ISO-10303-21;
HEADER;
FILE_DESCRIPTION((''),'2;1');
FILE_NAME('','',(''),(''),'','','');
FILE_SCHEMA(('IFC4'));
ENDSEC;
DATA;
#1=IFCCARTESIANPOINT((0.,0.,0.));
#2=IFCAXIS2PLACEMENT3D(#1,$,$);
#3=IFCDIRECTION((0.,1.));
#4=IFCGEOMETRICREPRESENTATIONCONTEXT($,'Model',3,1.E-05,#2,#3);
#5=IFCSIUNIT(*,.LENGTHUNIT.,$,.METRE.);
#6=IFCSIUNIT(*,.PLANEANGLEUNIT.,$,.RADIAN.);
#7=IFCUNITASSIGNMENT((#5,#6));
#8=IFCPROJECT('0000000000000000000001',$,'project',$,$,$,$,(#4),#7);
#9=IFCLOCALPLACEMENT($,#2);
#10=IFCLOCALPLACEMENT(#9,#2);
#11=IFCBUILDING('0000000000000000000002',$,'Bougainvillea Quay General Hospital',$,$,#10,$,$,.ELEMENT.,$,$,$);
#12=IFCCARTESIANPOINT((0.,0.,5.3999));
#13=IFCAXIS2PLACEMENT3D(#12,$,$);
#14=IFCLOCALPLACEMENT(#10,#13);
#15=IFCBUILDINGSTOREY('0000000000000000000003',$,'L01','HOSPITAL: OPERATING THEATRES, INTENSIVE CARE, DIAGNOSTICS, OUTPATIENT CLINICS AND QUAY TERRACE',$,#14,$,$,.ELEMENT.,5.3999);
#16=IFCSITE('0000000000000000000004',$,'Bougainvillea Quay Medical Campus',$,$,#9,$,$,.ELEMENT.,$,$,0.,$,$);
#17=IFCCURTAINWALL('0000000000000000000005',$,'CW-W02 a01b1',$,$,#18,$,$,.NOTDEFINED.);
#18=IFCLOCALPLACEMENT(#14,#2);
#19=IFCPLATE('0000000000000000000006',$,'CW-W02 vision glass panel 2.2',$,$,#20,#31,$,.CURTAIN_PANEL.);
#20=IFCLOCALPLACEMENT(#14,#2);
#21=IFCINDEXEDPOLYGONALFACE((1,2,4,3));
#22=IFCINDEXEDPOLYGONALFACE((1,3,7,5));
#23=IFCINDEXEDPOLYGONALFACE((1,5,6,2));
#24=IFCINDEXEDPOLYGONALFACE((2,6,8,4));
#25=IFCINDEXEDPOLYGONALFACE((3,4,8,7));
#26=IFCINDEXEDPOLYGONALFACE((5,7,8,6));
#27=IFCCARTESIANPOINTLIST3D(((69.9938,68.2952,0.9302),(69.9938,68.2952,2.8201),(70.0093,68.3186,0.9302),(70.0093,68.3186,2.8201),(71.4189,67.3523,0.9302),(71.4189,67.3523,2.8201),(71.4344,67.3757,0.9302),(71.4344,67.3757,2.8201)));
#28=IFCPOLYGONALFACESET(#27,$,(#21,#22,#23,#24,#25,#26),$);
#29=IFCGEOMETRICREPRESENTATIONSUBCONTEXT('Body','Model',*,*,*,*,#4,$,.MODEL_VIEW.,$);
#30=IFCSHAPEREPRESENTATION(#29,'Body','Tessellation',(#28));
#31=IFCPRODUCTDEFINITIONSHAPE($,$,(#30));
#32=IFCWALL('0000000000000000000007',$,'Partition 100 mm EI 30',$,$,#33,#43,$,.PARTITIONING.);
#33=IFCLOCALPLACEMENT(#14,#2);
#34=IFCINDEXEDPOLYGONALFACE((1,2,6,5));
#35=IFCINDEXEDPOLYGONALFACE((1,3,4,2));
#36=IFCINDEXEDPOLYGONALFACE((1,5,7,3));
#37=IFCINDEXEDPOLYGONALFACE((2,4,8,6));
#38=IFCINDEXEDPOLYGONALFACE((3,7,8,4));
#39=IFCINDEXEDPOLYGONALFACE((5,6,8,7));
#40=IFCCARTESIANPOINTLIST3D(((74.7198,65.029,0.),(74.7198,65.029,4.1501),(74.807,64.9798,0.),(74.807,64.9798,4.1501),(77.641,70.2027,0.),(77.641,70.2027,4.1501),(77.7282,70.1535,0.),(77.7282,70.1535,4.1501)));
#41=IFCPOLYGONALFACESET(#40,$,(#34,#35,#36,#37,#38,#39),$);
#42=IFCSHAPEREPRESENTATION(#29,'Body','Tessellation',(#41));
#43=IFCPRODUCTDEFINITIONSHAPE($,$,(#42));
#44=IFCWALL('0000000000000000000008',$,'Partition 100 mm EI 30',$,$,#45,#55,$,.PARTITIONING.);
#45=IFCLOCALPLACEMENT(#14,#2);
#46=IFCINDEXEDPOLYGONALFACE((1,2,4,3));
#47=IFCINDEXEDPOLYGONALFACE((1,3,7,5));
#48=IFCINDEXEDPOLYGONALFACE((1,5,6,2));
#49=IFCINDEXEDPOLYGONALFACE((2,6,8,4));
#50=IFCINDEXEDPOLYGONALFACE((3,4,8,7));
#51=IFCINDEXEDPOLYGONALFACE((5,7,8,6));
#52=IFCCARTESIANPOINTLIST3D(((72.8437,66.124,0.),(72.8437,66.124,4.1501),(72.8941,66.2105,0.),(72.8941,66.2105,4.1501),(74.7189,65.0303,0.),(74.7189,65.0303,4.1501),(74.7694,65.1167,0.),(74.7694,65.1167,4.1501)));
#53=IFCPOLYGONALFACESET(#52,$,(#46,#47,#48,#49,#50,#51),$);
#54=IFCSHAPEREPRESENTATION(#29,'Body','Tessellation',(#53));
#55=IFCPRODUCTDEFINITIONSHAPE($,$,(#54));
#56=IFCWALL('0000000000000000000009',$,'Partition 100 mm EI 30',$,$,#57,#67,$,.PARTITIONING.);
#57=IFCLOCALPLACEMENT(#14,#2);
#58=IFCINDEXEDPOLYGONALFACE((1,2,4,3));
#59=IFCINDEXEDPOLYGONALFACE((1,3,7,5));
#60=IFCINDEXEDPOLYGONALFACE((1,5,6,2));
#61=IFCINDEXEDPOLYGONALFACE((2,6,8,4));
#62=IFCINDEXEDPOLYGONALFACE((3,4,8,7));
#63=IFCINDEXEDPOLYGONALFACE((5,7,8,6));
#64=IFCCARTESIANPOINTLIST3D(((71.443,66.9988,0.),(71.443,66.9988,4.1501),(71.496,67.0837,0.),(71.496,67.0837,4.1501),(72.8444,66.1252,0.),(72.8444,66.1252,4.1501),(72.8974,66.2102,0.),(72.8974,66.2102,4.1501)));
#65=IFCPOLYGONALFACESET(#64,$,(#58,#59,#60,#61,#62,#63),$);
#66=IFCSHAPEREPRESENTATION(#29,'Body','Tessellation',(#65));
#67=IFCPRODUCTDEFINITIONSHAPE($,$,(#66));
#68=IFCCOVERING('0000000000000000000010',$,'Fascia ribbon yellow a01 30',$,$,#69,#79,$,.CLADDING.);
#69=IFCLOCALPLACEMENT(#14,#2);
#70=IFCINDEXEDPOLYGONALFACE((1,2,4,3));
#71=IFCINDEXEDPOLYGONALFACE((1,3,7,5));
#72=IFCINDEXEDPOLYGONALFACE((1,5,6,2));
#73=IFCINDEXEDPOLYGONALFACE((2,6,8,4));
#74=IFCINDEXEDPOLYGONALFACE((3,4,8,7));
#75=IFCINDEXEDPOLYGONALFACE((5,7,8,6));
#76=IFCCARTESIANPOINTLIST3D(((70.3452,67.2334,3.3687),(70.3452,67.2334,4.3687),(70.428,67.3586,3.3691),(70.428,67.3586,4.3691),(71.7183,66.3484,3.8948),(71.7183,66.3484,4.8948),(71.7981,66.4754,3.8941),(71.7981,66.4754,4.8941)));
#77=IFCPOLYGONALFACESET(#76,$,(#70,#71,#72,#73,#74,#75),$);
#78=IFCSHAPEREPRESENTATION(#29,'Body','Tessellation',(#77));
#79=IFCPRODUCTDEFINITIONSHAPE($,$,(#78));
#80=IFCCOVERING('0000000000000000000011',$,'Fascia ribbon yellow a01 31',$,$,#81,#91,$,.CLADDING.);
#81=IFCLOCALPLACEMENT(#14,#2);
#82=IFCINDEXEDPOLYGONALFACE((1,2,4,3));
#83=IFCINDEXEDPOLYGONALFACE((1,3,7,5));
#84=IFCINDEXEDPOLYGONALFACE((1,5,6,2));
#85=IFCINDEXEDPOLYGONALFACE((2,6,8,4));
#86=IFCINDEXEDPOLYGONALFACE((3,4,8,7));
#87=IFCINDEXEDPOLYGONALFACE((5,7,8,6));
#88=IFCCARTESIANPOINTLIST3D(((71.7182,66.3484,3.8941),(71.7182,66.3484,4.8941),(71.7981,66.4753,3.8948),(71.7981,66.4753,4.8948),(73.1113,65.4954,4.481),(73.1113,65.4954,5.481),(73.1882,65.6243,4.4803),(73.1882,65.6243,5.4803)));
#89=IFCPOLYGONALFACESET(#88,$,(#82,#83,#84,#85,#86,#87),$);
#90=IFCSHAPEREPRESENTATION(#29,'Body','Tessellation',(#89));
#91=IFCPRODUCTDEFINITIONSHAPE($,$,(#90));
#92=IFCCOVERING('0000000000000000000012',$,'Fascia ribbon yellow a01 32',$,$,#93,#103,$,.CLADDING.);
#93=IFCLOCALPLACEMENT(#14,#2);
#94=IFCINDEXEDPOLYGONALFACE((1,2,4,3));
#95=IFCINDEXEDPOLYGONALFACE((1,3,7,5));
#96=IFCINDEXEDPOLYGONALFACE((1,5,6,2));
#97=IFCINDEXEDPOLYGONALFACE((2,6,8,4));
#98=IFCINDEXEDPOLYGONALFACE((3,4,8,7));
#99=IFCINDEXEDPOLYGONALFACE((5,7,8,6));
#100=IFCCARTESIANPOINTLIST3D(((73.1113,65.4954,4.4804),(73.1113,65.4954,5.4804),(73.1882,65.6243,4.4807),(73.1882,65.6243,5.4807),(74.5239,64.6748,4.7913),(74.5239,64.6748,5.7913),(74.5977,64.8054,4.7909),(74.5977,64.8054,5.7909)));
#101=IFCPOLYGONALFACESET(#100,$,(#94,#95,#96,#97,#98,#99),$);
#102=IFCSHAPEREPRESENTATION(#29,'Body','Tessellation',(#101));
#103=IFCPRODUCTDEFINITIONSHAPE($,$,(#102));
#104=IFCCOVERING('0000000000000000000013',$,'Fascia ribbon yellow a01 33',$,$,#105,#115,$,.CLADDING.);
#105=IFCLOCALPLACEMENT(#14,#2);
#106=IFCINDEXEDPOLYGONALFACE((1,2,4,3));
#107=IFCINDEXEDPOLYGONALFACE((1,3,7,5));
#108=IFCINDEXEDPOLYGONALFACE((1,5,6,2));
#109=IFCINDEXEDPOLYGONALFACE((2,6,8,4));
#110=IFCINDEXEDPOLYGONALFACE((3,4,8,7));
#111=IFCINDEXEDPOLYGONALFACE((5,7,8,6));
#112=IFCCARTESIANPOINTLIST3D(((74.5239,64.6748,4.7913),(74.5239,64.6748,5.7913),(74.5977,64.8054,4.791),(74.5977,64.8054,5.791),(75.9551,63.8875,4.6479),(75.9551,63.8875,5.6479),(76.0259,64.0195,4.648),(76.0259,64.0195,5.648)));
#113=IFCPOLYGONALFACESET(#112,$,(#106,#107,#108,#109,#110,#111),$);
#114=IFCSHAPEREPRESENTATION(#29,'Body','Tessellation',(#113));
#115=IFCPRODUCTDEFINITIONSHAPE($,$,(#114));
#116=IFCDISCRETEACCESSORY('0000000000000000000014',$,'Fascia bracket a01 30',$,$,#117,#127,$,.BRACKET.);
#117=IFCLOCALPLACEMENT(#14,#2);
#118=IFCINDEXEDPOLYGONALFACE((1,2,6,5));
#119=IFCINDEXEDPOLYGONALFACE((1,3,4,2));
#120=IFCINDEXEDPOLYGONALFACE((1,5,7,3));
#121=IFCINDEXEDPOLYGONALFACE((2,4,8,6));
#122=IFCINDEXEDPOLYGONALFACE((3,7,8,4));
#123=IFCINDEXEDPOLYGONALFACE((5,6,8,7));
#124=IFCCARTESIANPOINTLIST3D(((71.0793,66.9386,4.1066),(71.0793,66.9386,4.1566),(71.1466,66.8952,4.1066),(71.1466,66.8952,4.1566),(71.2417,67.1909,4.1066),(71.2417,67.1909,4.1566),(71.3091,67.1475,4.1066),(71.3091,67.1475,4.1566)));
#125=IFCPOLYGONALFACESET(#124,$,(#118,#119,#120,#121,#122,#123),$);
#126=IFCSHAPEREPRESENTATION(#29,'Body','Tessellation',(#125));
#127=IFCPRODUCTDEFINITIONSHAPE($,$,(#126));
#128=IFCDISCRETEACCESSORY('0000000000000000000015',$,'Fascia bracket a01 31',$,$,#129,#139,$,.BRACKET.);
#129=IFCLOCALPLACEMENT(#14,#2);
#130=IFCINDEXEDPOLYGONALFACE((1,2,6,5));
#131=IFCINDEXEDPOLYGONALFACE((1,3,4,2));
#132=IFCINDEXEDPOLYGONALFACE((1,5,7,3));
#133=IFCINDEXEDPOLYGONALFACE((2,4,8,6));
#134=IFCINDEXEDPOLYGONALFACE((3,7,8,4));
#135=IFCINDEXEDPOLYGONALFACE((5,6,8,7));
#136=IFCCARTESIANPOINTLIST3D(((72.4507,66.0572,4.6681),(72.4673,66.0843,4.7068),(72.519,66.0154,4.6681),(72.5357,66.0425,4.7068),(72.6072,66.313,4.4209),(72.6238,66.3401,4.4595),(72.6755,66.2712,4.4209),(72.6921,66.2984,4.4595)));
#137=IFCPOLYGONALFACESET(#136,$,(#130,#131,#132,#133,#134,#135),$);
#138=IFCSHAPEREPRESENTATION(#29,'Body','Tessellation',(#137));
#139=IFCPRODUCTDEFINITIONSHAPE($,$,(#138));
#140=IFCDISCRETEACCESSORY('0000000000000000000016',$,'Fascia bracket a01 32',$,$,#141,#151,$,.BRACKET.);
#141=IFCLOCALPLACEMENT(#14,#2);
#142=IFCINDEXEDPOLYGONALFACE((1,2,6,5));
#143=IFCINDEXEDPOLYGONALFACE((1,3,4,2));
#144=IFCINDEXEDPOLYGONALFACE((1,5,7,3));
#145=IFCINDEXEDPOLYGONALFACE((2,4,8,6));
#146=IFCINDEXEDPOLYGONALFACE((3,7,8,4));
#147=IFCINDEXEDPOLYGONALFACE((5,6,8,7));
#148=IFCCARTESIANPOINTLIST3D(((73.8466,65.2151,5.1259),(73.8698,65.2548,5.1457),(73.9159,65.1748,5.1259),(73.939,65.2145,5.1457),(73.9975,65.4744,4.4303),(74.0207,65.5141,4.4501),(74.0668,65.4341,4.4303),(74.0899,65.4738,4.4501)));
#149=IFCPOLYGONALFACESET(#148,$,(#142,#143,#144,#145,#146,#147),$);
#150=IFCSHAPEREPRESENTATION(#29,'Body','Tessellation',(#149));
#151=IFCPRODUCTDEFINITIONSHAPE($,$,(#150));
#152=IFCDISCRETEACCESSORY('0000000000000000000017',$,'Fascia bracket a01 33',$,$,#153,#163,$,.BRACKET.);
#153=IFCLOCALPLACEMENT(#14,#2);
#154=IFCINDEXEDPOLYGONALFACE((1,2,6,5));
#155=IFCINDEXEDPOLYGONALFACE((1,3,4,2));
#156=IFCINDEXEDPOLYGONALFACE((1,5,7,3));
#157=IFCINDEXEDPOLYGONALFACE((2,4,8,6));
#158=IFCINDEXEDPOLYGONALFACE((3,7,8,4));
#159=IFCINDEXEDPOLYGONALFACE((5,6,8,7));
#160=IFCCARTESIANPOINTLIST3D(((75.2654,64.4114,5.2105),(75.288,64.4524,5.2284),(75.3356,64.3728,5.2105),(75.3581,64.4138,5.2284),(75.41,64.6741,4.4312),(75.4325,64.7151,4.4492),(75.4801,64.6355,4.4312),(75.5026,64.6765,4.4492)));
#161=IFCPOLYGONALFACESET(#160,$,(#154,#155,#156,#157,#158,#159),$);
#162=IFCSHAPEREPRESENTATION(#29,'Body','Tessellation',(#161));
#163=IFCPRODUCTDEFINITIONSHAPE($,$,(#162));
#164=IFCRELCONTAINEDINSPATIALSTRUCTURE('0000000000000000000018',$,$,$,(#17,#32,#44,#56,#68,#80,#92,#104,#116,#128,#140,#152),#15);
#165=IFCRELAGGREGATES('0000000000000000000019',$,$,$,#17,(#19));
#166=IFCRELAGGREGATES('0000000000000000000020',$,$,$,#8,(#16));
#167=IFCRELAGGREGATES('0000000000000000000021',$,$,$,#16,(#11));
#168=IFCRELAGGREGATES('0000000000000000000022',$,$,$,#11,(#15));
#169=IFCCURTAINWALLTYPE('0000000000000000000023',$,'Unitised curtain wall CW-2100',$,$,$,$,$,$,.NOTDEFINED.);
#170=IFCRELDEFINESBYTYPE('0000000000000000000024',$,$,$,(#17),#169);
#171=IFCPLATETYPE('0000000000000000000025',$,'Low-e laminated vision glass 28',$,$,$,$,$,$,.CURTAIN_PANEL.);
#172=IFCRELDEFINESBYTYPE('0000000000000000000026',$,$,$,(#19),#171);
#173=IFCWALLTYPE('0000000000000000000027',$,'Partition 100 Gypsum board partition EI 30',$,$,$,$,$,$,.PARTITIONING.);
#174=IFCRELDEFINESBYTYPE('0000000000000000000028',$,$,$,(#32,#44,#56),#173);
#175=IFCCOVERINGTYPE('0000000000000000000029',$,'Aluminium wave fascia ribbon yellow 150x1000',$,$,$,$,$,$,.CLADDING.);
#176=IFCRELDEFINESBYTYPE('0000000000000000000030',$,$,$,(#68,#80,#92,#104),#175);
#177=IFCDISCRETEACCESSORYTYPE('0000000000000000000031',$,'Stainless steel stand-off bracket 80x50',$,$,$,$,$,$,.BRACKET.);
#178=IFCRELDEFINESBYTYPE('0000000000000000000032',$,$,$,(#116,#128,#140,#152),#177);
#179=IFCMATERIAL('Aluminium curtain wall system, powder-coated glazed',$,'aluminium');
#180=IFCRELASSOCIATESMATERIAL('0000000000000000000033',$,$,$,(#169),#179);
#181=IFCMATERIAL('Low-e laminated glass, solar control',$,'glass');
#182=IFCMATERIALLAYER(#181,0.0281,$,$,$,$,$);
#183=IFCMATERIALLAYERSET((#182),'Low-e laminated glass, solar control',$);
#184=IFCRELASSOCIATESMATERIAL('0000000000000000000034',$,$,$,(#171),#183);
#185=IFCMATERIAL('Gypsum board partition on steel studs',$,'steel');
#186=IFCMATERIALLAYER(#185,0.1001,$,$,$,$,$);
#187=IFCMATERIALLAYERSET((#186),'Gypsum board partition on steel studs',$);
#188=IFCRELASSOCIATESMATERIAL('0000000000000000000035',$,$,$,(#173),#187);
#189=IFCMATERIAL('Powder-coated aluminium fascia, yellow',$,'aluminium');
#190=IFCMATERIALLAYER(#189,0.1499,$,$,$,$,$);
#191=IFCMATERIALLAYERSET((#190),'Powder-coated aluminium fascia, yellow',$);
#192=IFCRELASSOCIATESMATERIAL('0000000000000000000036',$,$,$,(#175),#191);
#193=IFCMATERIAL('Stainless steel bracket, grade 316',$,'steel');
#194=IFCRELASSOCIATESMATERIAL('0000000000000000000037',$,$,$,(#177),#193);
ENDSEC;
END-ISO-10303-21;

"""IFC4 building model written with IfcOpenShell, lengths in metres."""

from ifc_helpers import new_model, si_unit, direction, frame, frame_2d, origin, origin_2d, place, context, subcontext, project, spatial, polyline, rectangle, outline, extrude, material, layer, layer_set, material_profile, profile_set, type_object, element, aggregate, save


model = new_model("IFC4")

# Units and contexts
model_context = context("Model", 3, precision=1e-05, world=origin(), true_north=direction((0.0, 1.0)))
body_context = subcontext(model_context, "Body", "Model", "MODEL_VIEW")
ifc_project = project(units=[si_unit("LENGTHUNIT", "METRE"), si_unit("PLANEANGLEUNIT", "RADIAN")], contexts=[model_context])

# Site, building, storey
site_placement = place(None, origin())
site = spatial("IfcSite", under=ifc_project, at=site_placement, Name="Bougainvillea Quay Medical Campus", CompositionType="ELEMENT", RefElevation=0.0)
building_placement = place(site_placement, origin())
building = spatial("IfcBuilding", under=site, at=building_placement, Name="Bougainvillea Quay General Hospital", CompositionType="ELEMENT")
storey_placement = place(building_placement, frame((0.0, 0.0, 5.3999)))
storey = spatial("IfcBuildingStorey", under=building, at=storey_placement, Name="L01", Description="HOSPITAL: OPERATING THEATRES, INTENSIVE CARE, DIAGNOSTICS, OUTPATIENT CLINICS AND QUAY TERRACE", CompositionType="ELEMENT", Elevation=5.3999)

# Curtain wall
ifc_material_1 = material(Name="Aluminium curtain wall system, powder-coated glazed", Category="aluminium")
curtain_wall_type = type_object("IfcCurtainWallType", Name="Unitised curtain wall CW-2100", PredefinedType="NOTDEFINED", material=ifc_material_1)
curtain_wall_1_placement = place(storey_placement, origin())
curtain_wall_1 = element("IfcCurtainWall", 1, at=curtain_wall_1_placement, inside=storey, type_object=curtain_wall_type, Name="CW-W02 a01b1", PredefinedType="NOTDEFINED")

# Plate
ifc_material_2 = material(Name="Low-e laminated glass, solar control", Category="glass")
ifc_layer_1 = layer(ifc_material_2, 0.0281)
ifc_layer_set_1 = layer_set([ifc_layer_1], Name="Low-e laminated glass, solar control")
plate_type_1 = type_object("IfcPlateType", Name="Low-e laminated vision glass 28", PredefinedType="CURTAIN_PANEL", material=ifc_layer_set_1)
plate_1_placement = place(storey_placement, frame((70.7141, 67.8354, 0.9302), z_axis=(0.0, 0.0, 1.0), x_axis=(-0.833968, 0.551813, 0.0)))
plate_1 = element("IfcPlate", 2, at=plate_1_placement, type_object=plate_type_1, Name="CW-W02 vision glass panel 2.2", PredefinedType="CURTAIN_PANEL", context=body_context, shape_type="SweptSolid", body=[
    extrude(rectangle(XDim=1.7087, YDim=0.0281, at=origin_2d()), origin(), (0.0, 0.0, 1.0), 1.8899),
])
aggregate(curtain_wall_1, [plate_1])

# Walls
ifc_material_3 = material(Name="Gypsum board partition on steel studs", Category="steel")
ifc_layer_2 = layer(ifc_material_3, 0.1001)
ifc_layer_set_2 = layer_set([ifc_layer_2], Name="Gypsum board partition on steel studs")
wall_type = type_object("IfcWallType", Name="Partition 100 Gypsum board partition EI 30", PredefinedType="PARTITIONING", material=ifc_layer_set_2)
wall_1_placement = place(storey_placement, frame((74.7634, 65.0044, 0.0), z_axis=(0.0, 0.0, 1.0), x_axis=(0.491667, 0.870783, 0.0)))
element("IfcWall", 3, at=wall_1_placement, inside=storey, type_object=wall_type, Name="Partition 100 mm EI 30", PredefinedType="PARTITIONING", context=body_context, shape_type="SweptSolid", body=[
    extrude(rectangle(XDim=5.9414, YDim=0.1001, at=frame_2d((2.9707, 0.0))), origin(), (0.0, 0.0, 1.0), 4.1501),
])
wall_2_placement = place(storey_placement, frame((72.8689, 66.1672, 0.0), z_axis=(0.0, 0.0, 1.0), x_axis=(0.863807, -0.503822, 0.0)))
element("IfcWall", 4, at=wall_2_placement, inside=storey, type_object=wall_type, Name="Partition 100 mm EI 30", PredefinedType="PARTITIONING", context=body_context, shape_type="SweptSolid", body=[
    extrude(rectangle(XDim=2.1709, YDim=0.1001, at=frame_2d((1.0854, 0.0))), origin(), (0.0, 0.0, 1.0), 4.1501),
])
wall_3_placement = place(storey_placement, frame((71.4695, 67.0413, 0.0), z_axis=(0.0, 0.0, 1.0), x_axis=(0.848629, -0.528989, 0.0)))
element("IfcWall", 5, at=wall_3_placement, inside=storey, type_object=wall_type, Name="Partition 100 mm EI 30", PredefinedType="PARTITIONING", context=body_context, shape_type="SweptSolid", body=[
    extrude(rectangle(XDim=1.6514, YDim=0.1001, at=frame_2d((0.8257, 0.0))), origin(), (0.0, 0.0, 1.0), 4.1501),
])

# Coverings
ifc_material_4 = material(Name="Powder-coated aluminium fascia, yellow", Category="aluminium")
ifc_layer_3 = layer(ifc_material_4, 0.1499)
ifc_layer_set_3 = layer_set([ifc_layer_3], Name="Powder-coated aluminium fascia, yellow")
covering_type = type_object("IfcCoveringType", Name="Aluminium wave fascia ribbon yellow 150x1000", PredefinedType="CLADDING", material=ifc_layer_set_3)
covering_1_placement = place(storey_placement, frame((70.428, 67.3586, 3.3691), z_axis=(-0.257208, 0.16675, 0.951861), x_axis=(0.800017, -0.515763, 0.306531)))
element("IfcCovering", 6, at=covering_1_placement, inside=storey, type_object=covering_type, Name="Fascia ribbon yellow a01 30", PredefinedType="CLADDING", context=body_context, shape_type="SweptSolid", body=[
    extrude(outline(polyline([(0.0, 0.0), (1.7126, 0.0), (1.7144, -0.15), (-0.0018, -0.1501), (0.0, 0.0)])), origin(), (0.306531, -0.000744, 0.951861), 1.0),
])
covering_2_placement = place(storey_placement, frame((71.7981, 66.4753, 3.8948), z_axis=(-0.288292, 0.176606, 0.941115), x_axis=(0.802639, -0.491394, 0.338086)))
element("IfcCovering", 7, at=covering_2_placement, inside=storey, type_object=covering_type, Name="Fascia ribbon yellow a01 31", PredefinedType="CLADDING", context=body_context, shape_type="SweptSolid", body=[
    extrude(outline(polyline([(0.0, 0.0), (1.7319, 0.0), (1.7338, -0.1501), (-0.0019, -0.15), (0.0, 0.0)])), origin(), (0.338086, -0.000086, 0.941115), 1.0),
])
covering_3_placement = place(storey_placement, frame((73.1882, 65.6243, 4.4807), z_axis=(-0.161688, 0.093849, 0.982369), x_axis=(0.849418, -0.493495, 0.186951)))
element("IfcCovering", 8, at=covering_3_placement, inside=storey, type_object=covering_type, Name="Fascia ribbon yellow a01 32", PredefinedType="CLADDING", context=body_context, shape_type="SweptSolid", body=[
    extrude(outline(polyline([(0.0, 0.0), (1.6593, 0.0), (1.6612, -0.15), (-0.0018, -0.1501), (0.0, 0.0)])), origin(), (0.186951, 0.000075, 0.982369), 1.0),
])
covering_4_placement = place(storey_placement, frame((74.5977, 64.8054, 4.791), z_axis=(0.076977, -0.041426, 0.996172), x_axis=(0.872767, -0.480246, -0.087413)))
element("IfcCovering", 9, at=covering_4_placement, inside=storey, type_object=covering_type, Name="Fascia ribbon yellow a01 33", PredefinedType="CLADDING", context=body_context, shape_type="SweptSolid", body=[
    extrude(outline(polyline([(0.0, 0.0), (1.6364, 0.0), (1.6381, -0.1499), (-0.0016, -0.15), (0.0, 0.0)])), origin(), (-0.087413, -0.000813, 0.996172), 1.0),
])

# Discrete accessories
ifc_material_5 = material(Name="Stainless steel bracket, grade 316", Category="steel")
ifc_material_profile_1 = material_profile(ifc_material_5, rectangle(XDim=0.0801, YDim=0.05, at=origin_2d()))
ifc_profile_set_1 = profile_set([ifc_material_profile_1], Name="Stainless steel bracket, grade 316")
discrete_accessory_type = type_object("IfcDiscreteAccessoryType", Name="Stainless steel stand-off bracket 80x50", PredefinedType="BRACKET", material=ifc_profile_set_1)
discrete_accessory_1_placement = place(storey_placement, frame((71.2754, 67.1692, 4.1316), z_axis=(-0.541292, -0.840834, 0.0), x_axis=(0.840834, -0.541292, 0.0)))
element("IfcDiscreteAccessory", 10, at=discrete_accessory_1_placement, inside=storey, type_object=discrete_accessory_type, Name="Fascia bracket a01 30", PredefinedType="BRACKET", context=body_context, shape_type="SweptSolid", body=[
    extrude(rectangle(XDim=0.0801, YDim=0.05, at=origin_2d()), origin(), (0.0, 0.0, 1.0), 0.3),
])
discrete_accessory_2_placement = place(storey_placement, frame((72.6497, 66.3057, 4.4402), z_axis=(-0.402568, -0.658176, 0.636195), x_axis=(0.853081, -0.521779, 0.0)))
element("IfcDiscreteAccessory", 11, at=discrete_accessory_2_placement, inside=storey, type_object=discrete_accessory_type, Name="Fascia bracket a01 31", PredefinedType="BRACKET", context=body_context, shape_type="SweptSolid", body=[
    extrude(rectangle(XDim=0.0801, YDim=0.05, at=origin_2d()), origin(), (0.0, 0.0, 1.0), 0.3887),
])
discrete_accessory_3_placement = place(storey_placement, frame((74.0437, 65.4741, 4.4402), z_axis=(-0.199183, -0.342286, 0.918241), x_axis=(0.86431, -0.50296, 0.0)))
element("IfcDiscreteAccessory", 12, at=discrete_accessory_3_placement, inside=storey, type_object=discrete_accessory_type, Name="Fascia bracket a01 32", PredefinedType="BRACKET", context=body_context, shape_type="SweptSolid", body=[
    extrude(rectangle(XDim=0.0801, YDim=0.05, at=origin_2d()), origin(), (0.0, 0.0, 1.0), 0.7576),
])
discrete_accessory_4_placement = place(storey_placement, frame((75.4563, 64.6753, 4.4402), z_axis=(-0.173094, -0.31461, 0.933305), x_axis=(0.876147, -0.482044, 0.0)))
element("IfcDiscreteAccessory", 13, at=discrete_accessory_4_placement, inside=storey, type_object=discrete_accessory_type, Name="Fascia bracket a01 33", PredefinedType="BRACKET", context=body_context, shape_type="SweptSolid", body=[
    extrude(rectangle(XDim=0.0801, YDim=0.05, at=origin_2d()), origin(), (0.0, 0.0, 1.0), 0.835),
])

save(model, "model.ifc")
